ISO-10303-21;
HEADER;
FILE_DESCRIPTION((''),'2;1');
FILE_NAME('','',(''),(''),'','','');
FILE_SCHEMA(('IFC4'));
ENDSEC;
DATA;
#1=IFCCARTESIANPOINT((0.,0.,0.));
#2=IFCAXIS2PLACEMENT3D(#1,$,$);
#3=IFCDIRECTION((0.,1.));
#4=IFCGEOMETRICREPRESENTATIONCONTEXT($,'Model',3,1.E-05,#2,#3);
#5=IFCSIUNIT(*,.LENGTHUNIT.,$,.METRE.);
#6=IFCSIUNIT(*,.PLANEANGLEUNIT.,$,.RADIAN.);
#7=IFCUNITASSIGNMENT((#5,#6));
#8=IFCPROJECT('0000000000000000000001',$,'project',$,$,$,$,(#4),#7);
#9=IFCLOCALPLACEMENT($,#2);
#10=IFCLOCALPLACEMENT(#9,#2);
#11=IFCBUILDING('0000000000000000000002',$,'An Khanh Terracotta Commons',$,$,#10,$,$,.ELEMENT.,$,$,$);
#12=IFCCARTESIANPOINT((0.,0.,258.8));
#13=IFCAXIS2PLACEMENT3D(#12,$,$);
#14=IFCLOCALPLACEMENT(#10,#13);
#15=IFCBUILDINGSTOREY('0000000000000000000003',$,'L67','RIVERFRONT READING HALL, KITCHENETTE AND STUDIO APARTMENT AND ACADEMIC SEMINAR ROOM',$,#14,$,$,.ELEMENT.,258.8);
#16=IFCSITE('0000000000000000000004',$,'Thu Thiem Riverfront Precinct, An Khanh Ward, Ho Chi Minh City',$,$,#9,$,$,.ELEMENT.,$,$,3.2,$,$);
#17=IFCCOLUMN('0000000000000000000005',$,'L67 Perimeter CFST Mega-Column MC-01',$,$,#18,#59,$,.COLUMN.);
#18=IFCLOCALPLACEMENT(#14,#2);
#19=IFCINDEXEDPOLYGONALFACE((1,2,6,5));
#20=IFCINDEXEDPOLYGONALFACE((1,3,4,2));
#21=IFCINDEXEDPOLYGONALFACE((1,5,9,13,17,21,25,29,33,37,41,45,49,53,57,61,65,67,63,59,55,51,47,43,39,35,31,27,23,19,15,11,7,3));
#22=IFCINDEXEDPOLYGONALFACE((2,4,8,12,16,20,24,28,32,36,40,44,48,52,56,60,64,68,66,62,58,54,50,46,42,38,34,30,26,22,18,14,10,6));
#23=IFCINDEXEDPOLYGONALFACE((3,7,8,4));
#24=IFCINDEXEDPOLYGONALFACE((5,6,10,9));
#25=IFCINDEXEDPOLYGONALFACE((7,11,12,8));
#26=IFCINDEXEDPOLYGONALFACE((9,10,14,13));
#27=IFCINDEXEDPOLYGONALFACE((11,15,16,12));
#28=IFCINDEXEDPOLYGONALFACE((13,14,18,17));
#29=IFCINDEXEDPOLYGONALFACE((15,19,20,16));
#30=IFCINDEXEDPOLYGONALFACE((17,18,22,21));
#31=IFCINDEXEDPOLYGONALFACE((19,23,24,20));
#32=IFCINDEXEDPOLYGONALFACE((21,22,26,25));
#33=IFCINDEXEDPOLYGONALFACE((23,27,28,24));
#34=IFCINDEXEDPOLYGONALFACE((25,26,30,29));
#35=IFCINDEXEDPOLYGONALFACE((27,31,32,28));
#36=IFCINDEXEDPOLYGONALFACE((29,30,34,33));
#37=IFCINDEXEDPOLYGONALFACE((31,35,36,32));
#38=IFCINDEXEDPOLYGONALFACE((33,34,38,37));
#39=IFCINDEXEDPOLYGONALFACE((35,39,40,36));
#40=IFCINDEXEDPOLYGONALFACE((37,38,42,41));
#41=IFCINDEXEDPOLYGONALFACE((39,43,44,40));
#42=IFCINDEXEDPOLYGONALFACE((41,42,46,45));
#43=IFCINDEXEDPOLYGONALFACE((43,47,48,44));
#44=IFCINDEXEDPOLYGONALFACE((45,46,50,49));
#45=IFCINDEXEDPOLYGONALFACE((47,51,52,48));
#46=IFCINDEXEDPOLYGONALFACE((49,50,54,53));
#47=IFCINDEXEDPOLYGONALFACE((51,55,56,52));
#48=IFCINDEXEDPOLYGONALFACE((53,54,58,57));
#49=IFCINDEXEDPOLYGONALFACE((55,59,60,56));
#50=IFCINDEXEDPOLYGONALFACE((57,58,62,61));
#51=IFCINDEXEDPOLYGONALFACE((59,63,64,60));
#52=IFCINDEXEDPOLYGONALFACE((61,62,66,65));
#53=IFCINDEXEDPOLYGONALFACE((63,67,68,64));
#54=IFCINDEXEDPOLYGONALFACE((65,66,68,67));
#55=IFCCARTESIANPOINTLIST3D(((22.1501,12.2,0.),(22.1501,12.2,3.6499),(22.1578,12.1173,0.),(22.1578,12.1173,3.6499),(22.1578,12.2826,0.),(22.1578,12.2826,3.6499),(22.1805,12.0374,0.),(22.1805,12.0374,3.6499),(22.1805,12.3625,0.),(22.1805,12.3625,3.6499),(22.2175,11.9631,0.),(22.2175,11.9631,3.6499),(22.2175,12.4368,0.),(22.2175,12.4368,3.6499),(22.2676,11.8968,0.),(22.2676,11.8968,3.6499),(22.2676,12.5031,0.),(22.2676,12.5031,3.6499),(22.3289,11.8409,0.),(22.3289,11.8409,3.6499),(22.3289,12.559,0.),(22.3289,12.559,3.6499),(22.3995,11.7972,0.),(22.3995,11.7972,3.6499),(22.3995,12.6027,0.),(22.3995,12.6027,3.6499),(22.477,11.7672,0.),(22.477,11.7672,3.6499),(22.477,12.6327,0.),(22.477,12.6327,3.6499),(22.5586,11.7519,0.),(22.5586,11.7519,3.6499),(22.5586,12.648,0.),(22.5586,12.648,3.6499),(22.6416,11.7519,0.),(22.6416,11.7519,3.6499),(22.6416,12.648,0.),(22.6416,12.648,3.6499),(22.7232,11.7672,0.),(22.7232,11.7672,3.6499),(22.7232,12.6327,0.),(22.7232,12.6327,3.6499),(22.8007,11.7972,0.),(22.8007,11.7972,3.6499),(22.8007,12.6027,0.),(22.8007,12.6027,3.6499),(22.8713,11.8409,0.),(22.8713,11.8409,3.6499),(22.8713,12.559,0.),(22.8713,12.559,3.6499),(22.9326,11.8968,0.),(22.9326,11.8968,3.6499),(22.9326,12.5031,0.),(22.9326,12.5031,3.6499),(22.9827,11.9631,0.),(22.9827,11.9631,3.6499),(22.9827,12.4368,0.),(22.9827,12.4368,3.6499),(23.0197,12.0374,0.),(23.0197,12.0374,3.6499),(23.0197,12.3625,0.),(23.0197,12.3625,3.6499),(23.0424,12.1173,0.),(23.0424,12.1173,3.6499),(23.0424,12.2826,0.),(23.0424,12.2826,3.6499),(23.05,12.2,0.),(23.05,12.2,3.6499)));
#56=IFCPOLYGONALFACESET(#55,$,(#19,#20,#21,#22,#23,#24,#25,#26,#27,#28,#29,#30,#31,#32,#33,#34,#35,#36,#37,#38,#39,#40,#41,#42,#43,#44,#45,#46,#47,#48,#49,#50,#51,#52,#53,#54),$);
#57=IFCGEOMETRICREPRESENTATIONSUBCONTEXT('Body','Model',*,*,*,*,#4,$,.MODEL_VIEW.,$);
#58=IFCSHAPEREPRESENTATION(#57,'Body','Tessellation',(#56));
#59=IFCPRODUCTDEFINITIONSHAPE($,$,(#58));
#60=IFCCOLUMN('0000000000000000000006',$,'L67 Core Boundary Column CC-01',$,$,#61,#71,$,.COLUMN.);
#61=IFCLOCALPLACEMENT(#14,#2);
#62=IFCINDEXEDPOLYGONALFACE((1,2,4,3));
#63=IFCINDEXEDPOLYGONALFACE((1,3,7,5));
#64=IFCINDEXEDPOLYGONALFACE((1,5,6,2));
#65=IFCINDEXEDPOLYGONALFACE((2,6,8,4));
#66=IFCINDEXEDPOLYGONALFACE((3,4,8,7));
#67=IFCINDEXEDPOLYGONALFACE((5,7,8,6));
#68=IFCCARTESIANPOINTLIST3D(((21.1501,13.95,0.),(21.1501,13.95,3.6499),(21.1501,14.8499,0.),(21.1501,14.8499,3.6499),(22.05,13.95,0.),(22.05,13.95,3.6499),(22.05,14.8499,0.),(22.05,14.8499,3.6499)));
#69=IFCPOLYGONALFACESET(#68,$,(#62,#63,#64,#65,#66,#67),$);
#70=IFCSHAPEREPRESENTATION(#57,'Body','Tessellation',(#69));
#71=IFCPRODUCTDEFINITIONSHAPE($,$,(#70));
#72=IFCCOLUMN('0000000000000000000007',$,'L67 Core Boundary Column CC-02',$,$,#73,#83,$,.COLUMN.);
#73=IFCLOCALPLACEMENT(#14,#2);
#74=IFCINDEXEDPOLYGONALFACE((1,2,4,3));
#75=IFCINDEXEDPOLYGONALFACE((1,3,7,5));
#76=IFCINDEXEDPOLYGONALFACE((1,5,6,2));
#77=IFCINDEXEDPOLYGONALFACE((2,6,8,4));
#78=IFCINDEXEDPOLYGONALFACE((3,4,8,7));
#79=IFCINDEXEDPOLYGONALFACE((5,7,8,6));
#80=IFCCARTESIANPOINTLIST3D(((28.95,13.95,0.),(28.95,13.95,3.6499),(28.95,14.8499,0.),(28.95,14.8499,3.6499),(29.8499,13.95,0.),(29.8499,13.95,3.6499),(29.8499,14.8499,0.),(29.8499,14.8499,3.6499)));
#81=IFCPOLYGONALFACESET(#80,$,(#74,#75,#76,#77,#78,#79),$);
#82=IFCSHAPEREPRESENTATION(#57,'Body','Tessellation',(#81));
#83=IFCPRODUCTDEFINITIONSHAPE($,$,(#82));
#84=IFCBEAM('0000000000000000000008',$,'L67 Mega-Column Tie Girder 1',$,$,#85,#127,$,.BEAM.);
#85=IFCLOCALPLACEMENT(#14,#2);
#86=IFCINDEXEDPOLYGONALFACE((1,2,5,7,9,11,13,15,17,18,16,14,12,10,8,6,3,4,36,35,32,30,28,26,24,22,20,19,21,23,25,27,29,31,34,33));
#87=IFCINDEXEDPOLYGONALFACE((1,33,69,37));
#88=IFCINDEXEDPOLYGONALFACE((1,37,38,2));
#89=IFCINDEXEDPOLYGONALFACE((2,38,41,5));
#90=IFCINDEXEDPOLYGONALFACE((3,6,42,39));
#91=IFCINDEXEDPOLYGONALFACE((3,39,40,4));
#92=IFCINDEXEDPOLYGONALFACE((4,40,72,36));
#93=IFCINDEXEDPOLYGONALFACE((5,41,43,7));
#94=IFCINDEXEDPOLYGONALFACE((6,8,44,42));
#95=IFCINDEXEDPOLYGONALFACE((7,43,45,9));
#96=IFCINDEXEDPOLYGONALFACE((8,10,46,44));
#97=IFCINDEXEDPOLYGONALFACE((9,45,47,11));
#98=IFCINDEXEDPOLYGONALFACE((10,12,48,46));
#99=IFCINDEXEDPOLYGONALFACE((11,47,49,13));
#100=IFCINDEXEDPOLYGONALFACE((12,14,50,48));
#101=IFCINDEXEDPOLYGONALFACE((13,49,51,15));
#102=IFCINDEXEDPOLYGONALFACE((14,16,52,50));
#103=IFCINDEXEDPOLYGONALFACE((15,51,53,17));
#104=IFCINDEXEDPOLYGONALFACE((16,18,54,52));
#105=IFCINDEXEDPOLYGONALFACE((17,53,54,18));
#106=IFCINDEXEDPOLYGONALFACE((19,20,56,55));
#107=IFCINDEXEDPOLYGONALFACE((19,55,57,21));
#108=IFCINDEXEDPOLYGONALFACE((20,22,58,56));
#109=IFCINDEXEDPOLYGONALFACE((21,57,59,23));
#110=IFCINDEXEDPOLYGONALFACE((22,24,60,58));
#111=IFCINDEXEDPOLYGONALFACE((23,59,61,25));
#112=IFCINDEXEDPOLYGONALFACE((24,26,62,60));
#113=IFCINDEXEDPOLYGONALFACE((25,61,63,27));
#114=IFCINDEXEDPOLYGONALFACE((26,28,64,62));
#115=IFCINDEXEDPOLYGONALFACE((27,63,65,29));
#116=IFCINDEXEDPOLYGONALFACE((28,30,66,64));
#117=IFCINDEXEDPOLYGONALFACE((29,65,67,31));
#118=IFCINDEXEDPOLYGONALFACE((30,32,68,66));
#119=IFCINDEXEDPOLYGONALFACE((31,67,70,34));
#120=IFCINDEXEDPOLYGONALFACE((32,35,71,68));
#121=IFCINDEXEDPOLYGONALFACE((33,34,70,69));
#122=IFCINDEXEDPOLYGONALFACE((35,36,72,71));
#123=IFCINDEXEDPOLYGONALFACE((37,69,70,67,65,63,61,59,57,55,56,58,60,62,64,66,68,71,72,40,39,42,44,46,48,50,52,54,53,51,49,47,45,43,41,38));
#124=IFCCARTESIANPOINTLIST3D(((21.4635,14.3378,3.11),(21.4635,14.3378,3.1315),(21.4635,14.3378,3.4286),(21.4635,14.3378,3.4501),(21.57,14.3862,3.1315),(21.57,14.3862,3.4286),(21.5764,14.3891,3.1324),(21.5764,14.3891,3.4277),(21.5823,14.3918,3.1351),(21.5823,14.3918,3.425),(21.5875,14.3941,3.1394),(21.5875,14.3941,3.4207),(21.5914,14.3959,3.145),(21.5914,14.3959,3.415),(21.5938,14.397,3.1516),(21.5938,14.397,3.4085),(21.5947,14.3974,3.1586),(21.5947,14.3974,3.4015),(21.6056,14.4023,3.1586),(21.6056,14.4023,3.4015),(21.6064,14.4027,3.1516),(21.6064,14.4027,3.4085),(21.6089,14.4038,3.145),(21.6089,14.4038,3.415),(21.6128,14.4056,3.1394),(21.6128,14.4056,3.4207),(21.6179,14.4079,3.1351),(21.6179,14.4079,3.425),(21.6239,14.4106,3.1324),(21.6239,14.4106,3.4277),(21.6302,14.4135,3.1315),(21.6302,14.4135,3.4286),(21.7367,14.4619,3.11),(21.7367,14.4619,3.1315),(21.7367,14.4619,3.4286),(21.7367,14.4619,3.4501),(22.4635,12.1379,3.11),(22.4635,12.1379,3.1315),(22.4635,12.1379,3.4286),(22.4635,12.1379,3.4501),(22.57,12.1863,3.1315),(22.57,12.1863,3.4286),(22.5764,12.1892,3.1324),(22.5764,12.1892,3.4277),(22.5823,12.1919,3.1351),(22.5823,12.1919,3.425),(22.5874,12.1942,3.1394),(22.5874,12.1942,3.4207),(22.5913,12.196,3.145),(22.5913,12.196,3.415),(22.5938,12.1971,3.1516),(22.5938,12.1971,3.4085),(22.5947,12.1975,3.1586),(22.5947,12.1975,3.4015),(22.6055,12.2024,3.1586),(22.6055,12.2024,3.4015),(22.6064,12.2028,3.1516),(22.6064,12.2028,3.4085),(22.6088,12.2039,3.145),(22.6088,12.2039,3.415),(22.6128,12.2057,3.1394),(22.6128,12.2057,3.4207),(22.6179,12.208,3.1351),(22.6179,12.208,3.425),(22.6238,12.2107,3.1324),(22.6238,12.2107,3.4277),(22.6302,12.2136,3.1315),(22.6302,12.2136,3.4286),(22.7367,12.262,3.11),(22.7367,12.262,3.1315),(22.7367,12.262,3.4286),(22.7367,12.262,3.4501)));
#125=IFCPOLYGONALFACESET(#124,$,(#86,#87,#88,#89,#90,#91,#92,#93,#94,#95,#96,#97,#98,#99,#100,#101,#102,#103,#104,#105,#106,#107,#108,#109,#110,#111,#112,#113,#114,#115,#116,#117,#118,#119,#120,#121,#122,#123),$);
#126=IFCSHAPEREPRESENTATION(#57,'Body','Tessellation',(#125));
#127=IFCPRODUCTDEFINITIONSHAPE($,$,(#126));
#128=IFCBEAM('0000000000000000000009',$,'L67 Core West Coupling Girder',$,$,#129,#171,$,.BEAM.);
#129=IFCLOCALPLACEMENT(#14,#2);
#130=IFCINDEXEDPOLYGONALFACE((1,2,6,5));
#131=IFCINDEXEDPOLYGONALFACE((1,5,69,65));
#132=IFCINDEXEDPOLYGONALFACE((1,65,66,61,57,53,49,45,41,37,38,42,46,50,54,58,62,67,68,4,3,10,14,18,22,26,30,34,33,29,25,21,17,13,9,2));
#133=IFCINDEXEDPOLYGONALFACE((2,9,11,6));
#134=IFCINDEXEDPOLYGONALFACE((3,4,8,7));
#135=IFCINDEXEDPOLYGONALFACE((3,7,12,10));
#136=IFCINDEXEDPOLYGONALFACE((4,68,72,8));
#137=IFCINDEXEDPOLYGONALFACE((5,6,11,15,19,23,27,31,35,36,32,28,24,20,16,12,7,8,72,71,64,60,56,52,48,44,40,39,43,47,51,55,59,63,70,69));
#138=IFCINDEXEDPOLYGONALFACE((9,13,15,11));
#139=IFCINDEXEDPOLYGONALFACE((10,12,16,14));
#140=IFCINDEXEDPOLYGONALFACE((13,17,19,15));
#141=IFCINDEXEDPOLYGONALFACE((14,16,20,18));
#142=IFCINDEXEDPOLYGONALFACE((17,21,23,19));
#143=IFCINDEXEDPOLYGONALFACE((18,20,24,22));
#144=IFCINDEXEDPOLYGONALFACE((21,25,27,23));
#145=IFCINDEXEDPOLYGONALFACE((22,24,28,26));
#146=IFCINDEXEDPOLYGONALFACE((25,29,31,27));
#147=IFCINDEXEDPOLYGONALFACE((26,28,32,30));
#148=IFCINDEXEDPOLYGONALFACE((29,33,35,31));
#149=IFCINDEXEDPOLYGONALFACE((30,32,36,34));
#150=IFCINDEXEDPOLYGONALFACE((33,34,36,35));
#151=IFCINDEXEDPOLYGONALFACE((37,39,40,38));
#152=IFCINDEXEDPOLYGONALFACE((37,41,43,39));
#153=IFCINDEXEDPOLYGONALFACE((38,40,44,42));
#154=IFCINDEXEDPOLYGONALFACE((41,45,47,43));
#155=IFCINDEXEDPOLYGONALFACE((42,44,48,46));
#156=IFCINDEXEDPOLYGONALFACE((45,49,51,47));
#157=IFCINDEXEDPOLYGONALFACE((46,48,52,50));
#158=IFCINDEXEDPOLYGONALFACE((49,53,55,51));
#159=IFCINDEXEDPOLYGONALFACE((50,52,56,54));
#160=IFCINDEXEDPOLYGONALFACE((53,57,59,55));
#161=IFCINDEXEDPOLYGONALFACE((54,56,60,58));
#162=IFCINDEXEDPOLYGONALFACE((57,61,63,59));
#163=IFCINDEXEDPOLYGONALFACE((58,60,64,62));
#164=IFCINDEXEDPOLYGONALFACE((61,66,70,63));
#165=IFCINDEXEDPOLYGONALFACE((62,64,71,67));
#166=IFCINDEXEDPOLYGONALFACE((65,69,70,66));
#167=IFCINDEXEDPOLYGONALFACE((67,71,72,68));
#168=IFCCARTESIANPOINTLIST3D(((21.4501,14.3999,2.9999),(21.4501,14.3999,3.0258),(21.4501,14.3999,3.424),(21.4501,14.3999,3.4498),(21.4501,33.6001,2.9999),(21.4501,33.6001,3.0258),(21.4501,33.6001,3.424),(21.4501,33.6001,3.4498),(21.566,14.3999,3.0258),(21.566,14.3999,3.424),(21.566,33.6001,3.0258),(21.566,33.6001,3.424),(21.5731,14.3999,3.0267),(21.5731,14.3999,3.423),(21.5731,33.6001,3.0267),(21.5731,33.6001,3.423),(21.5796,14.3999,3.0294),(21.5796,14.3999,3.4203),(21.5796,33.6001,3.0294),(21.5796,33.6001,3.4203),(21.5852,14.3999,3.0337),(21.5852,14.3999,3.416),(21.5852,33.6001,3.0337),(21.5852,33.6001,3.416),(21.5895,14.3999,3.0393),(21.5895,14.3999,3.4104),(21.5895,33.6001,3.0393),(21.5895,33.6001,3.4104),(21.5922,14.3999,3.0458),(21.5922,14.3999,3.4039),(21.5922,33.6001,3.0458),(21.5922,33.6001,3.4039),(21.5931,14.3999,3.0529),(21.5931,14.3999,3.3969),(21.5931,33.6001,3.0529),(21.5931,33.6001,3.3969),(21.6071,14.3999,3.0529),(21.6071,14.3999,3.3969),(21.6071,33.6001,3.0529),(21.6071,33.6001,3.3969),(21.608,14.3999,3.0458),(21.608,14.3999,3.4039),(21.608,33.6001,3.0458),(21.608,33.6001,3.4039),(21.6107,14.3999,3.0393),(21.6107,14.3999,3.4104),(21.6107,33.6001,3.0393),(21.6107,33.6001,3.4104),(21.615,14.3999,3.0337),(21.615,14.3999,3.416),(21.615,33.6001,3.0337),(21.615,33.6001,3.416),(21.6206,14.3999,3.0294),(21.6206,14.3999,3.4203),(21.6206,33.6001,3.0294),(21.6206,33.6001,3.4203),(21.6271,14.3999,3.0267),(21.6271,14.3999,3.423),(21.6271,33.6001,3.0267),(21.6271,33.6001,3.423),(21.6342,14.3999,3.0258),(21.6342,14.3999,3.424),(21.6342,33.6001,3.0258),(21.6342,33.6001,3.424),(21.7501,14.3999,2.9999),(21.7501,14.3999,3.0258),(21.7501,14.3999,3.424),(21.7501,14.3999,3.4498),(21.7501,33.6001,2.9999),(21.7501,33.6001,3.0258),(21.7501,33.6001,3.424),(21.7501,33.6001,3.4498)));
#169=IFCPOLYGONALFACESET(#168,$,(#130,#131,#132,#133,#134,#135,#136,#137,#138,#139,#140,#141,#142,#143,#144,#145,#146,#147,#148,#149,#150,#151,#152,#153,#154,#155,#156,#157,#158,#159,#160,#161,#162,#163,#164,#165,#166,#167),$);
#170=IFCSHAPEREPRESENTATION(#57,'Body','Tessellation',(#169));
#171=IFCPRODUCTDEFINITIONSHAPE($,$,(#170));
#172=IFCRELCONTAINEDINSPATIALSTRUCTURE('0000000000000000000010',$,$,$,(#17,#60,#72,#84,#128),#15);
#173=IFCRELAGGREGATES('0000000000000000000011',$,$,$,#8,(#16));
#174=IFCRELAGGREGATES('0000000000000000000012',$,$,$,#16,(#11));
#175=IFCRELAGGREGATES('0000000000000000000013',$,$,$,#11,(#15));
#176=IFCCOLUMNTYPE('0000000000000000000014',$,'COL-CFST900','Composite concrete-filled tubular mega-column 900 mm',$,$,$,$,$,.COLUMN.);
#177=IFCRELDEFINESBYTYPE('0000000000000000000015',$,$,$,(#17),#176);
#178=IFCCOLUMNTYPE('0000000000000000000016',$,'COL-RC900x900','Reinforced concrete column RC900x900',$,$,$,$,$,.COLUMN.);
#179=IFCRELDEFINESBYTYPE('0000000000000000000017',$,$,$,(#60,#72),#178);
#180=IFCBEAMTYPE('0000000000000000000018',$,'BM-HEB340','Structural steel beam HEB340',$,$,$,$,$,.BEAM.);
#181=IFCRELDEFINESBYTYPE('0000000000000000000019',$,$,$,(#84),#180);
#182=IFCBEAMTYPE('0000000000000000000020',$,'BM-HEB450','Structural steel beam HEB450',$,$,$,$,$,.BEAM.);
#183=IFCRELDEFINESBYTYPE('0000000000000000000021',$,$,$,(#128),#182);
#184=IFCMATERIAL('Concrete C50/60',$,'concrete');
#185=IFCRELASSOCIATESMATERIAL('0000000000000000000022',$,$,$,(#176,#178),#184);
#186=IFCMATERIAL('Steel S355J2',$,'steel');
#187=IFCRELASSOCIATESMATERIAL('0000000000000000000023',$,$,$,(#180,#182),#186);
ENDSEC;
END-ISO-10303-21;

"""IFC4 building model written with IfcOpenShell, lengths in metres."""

from ifc_helpers import new_model, si_unit, direction, frame, origin, origin_2d, place, context, subcontext, project, spatial, rectangle, circle, i_section, extrude, material, material_profile, profile_set, type_object, element, save


model = new_model("IFC4")

# Units and contexts
model_context = context("Model", 3, precision=1e-05, world=origin(), true_north=direction((0.0, 1.0)))
body_context = subcontext(model_context, "Body", "Model", "MODEL_VIEW")
ifc_project = project(units=[si_unit("LENGTHUNIT", "METRE"), si_unit("PLANEANGLEUNIT", "RADIAN")], contexts=[model_context])

# Site, building, storey
site_placement = place(None, origin())
site = spatial("IfcSite", under=ifc_project, at=site_placement, Name="Thu Thiem Riverfront Precinct, An Khanh Ward, Ho Chi Minh City", CompositionType="ELEMENT", RefElevation=3.2)
building_placement = place(site_placement, origin())
building = spatial("IfcBuilding", under=site, at=building_placement, Name="An Khanh Terracotta Commons", CompositionType="ELEMENT")
storey_placement = place(building_placement, frame((0.0, 0.0, 258.8)))
storey = spatial("IfcBuildingStorey", under=building, at=storey_placement, Name="L67", Description="RIVERFRONT READING HALL, KITCHENETTE AND STUDIO APARTMENT AND ACADEMIC SEMINAR ROOM", CompositionType="ELEMENT", Elevation=258.8)

# Columns
ifc_material_1 = material(Name="Concrete C50/60", Category="concrete")
ifc_material_profile_1 = material_profile(ifc_material_1, circle(Radius=0.45, at=origin_2d()), Name="CFST900")
ifc_profile_set_1 = profile_set([ifc_material_profile_1], Name="Concrete C50/60")
column_type_1 = type_object("IfcColumnType", Name="COL-CFST900", Description="Composite concrete-filled tubular mega-column 900 mm", PredefinedType="COLUMN", material=ifc_profile_set_1)
column_placement = place(storey_placement, frame((22.6001, 12.2, 0.0), z_axis=(0.0, 0.0, 1.0), x_axis=(1.0, 0.0, 0.0)))
element("IfcColumn", 1, at=column_placement, inside=storey, type_object=column_type_1, Name="L67 Perimeter CFST Mega-Column MC-01", PredefinedType="COLUMN", context=body_context, shape_type="SweptSolid", body=[
    extrude(circle(Radius=0.45, at=origin_2d()), origin(), (0.0, 0.0, 1.0), 3.6499),
])
ifc_material_profile_2 = material_profile(ifc_material_1, rectangle(XDim=0.8999, YDim=0.8999, at=origin_2d()), Name="RC900x900")
ifc_profile_set_2 = profile_set([ifc_material_profile_2], Name="Concrete C50/60")
column_type_2 = type_object("IfcColumnType", Name="COL-RC900x900", Description="Reinforced concrete column RC900x900", PredefinedType="COLUMN", material=ifc_profile_set_2)
for number, where, z_axis, x_axis, name in (
    (2, (21.6001, 14.3999, 0.0), (0.0, 0.0, 1.0), (1.0, 0.0, 0.0), "L67 Core Boundary Column CC-01"),
    (3, (29.3999, 14.3999, 0.0), (0.0, 0.0, 1.0), (1.0, 0.0, 0.0), "L67 Core Boundary Column CC-02"),
):
    element("IfcColumn", number, at=place(storey_placement, frame(where, z_axis=z_axis, x_axis=x_axis)), inside=storey, type_object=column_type_2, Name=name, PredefinedType="COLUMN", context=body_context, shape_type="SweptSolid", body=[
        extrude(rectangle(XDim=0.8999, YDim=0.8999, at=origin_2d()), origin(), (0.0, 0.0, 1.0), 3.6499),
    ])

# Beams
ifc_material_2 = material(Name="Steel S355J2", Category="steel")
ifc_material_profile_3 = material_profile(ifc_material_2, i_section(OverallWidth=0.3, OverallDepth=0.3401, WebThickness=0.012, FlangeThickness=0.0215, FilletRadius=0.0271, at=origin_2d()), Name="HEB340")
ifc_profile_set_3 = profile_set([ifc_material_profile_3], Name="Steel S355J2")
beam_type_1 = type_object("IfcBeamType", Name="BM-HEB340", Description="Structural steel beam HEB340", PredefinedType="BEAM", material=ifc_profile_set_3)
beam_1_placement = place(storey_placement, frame((22.6001, 12.2, 3.28), z_axis=(-0.413811, 0.910363, 0.0), x_axis=(-0.910363, -0.413811, 0.0)))
element("IfcBeam", 4, at=beam_1_placement, inside=storey, type_object=beam_type_1, Name="L67 Mega-Column Tie Girder 1", PredefinedType="BEAM", context=body_context, shape_type="SweptSolid", body=[
    extrude(i_section(OverallWidth=0.3, OverallDepth=0.3401, WebThickness=0.012, FlangeThickness=0.0215, FilletRadius=0.0271, at=origin_2d()), origin(), (0.0, 0.0, 1.0), 2.4165),
])
ifc_material_profile_4 = material_profile(ifc_material_2, i_section(OverallWidth=0.3, OverallDepth=0.45, WebThickness=0.0139, FlangeThickness=0.0259, FilletRadius=0.0271, at=origin_2d()), Name="HEB450")
ifc_profile_set_4 = profile_set([ifc_material_profile_4], Name="Steel S355J2")
beam_type_2 = type_object("IfcBeamType", Name="BM-HEB450", Description="Structural steel beam HEB450", PredefinedType="BEAM", material=ifc_profile_set_4)
beam_2_placement = place(storey_placement, frame((21.6001, 14.3999, 3.2249), z_axis=(0.0, 1.0, 0.0), x_axis=(-1.0, 0.0, 0.0)))
element("IfcBeam", 5, at=beam_2_placement, inside=storey, type_object=beam_type_2, Name="L67 Core West Coupling Girder", PredefinedType="BEAM", context=body_context, shape_type="SweptSolid", body=[
    extrude(i_section(OverallWidth=0.3, OverallDepth=0.45, WebThickness=0.0139, FlangeThickness=0.0259, FilletRadius=0.0271, at=origin_2d()), origin(), (0.0, 0.0, 1.0), 19.2002),
])

save(model, "model.ifc")
